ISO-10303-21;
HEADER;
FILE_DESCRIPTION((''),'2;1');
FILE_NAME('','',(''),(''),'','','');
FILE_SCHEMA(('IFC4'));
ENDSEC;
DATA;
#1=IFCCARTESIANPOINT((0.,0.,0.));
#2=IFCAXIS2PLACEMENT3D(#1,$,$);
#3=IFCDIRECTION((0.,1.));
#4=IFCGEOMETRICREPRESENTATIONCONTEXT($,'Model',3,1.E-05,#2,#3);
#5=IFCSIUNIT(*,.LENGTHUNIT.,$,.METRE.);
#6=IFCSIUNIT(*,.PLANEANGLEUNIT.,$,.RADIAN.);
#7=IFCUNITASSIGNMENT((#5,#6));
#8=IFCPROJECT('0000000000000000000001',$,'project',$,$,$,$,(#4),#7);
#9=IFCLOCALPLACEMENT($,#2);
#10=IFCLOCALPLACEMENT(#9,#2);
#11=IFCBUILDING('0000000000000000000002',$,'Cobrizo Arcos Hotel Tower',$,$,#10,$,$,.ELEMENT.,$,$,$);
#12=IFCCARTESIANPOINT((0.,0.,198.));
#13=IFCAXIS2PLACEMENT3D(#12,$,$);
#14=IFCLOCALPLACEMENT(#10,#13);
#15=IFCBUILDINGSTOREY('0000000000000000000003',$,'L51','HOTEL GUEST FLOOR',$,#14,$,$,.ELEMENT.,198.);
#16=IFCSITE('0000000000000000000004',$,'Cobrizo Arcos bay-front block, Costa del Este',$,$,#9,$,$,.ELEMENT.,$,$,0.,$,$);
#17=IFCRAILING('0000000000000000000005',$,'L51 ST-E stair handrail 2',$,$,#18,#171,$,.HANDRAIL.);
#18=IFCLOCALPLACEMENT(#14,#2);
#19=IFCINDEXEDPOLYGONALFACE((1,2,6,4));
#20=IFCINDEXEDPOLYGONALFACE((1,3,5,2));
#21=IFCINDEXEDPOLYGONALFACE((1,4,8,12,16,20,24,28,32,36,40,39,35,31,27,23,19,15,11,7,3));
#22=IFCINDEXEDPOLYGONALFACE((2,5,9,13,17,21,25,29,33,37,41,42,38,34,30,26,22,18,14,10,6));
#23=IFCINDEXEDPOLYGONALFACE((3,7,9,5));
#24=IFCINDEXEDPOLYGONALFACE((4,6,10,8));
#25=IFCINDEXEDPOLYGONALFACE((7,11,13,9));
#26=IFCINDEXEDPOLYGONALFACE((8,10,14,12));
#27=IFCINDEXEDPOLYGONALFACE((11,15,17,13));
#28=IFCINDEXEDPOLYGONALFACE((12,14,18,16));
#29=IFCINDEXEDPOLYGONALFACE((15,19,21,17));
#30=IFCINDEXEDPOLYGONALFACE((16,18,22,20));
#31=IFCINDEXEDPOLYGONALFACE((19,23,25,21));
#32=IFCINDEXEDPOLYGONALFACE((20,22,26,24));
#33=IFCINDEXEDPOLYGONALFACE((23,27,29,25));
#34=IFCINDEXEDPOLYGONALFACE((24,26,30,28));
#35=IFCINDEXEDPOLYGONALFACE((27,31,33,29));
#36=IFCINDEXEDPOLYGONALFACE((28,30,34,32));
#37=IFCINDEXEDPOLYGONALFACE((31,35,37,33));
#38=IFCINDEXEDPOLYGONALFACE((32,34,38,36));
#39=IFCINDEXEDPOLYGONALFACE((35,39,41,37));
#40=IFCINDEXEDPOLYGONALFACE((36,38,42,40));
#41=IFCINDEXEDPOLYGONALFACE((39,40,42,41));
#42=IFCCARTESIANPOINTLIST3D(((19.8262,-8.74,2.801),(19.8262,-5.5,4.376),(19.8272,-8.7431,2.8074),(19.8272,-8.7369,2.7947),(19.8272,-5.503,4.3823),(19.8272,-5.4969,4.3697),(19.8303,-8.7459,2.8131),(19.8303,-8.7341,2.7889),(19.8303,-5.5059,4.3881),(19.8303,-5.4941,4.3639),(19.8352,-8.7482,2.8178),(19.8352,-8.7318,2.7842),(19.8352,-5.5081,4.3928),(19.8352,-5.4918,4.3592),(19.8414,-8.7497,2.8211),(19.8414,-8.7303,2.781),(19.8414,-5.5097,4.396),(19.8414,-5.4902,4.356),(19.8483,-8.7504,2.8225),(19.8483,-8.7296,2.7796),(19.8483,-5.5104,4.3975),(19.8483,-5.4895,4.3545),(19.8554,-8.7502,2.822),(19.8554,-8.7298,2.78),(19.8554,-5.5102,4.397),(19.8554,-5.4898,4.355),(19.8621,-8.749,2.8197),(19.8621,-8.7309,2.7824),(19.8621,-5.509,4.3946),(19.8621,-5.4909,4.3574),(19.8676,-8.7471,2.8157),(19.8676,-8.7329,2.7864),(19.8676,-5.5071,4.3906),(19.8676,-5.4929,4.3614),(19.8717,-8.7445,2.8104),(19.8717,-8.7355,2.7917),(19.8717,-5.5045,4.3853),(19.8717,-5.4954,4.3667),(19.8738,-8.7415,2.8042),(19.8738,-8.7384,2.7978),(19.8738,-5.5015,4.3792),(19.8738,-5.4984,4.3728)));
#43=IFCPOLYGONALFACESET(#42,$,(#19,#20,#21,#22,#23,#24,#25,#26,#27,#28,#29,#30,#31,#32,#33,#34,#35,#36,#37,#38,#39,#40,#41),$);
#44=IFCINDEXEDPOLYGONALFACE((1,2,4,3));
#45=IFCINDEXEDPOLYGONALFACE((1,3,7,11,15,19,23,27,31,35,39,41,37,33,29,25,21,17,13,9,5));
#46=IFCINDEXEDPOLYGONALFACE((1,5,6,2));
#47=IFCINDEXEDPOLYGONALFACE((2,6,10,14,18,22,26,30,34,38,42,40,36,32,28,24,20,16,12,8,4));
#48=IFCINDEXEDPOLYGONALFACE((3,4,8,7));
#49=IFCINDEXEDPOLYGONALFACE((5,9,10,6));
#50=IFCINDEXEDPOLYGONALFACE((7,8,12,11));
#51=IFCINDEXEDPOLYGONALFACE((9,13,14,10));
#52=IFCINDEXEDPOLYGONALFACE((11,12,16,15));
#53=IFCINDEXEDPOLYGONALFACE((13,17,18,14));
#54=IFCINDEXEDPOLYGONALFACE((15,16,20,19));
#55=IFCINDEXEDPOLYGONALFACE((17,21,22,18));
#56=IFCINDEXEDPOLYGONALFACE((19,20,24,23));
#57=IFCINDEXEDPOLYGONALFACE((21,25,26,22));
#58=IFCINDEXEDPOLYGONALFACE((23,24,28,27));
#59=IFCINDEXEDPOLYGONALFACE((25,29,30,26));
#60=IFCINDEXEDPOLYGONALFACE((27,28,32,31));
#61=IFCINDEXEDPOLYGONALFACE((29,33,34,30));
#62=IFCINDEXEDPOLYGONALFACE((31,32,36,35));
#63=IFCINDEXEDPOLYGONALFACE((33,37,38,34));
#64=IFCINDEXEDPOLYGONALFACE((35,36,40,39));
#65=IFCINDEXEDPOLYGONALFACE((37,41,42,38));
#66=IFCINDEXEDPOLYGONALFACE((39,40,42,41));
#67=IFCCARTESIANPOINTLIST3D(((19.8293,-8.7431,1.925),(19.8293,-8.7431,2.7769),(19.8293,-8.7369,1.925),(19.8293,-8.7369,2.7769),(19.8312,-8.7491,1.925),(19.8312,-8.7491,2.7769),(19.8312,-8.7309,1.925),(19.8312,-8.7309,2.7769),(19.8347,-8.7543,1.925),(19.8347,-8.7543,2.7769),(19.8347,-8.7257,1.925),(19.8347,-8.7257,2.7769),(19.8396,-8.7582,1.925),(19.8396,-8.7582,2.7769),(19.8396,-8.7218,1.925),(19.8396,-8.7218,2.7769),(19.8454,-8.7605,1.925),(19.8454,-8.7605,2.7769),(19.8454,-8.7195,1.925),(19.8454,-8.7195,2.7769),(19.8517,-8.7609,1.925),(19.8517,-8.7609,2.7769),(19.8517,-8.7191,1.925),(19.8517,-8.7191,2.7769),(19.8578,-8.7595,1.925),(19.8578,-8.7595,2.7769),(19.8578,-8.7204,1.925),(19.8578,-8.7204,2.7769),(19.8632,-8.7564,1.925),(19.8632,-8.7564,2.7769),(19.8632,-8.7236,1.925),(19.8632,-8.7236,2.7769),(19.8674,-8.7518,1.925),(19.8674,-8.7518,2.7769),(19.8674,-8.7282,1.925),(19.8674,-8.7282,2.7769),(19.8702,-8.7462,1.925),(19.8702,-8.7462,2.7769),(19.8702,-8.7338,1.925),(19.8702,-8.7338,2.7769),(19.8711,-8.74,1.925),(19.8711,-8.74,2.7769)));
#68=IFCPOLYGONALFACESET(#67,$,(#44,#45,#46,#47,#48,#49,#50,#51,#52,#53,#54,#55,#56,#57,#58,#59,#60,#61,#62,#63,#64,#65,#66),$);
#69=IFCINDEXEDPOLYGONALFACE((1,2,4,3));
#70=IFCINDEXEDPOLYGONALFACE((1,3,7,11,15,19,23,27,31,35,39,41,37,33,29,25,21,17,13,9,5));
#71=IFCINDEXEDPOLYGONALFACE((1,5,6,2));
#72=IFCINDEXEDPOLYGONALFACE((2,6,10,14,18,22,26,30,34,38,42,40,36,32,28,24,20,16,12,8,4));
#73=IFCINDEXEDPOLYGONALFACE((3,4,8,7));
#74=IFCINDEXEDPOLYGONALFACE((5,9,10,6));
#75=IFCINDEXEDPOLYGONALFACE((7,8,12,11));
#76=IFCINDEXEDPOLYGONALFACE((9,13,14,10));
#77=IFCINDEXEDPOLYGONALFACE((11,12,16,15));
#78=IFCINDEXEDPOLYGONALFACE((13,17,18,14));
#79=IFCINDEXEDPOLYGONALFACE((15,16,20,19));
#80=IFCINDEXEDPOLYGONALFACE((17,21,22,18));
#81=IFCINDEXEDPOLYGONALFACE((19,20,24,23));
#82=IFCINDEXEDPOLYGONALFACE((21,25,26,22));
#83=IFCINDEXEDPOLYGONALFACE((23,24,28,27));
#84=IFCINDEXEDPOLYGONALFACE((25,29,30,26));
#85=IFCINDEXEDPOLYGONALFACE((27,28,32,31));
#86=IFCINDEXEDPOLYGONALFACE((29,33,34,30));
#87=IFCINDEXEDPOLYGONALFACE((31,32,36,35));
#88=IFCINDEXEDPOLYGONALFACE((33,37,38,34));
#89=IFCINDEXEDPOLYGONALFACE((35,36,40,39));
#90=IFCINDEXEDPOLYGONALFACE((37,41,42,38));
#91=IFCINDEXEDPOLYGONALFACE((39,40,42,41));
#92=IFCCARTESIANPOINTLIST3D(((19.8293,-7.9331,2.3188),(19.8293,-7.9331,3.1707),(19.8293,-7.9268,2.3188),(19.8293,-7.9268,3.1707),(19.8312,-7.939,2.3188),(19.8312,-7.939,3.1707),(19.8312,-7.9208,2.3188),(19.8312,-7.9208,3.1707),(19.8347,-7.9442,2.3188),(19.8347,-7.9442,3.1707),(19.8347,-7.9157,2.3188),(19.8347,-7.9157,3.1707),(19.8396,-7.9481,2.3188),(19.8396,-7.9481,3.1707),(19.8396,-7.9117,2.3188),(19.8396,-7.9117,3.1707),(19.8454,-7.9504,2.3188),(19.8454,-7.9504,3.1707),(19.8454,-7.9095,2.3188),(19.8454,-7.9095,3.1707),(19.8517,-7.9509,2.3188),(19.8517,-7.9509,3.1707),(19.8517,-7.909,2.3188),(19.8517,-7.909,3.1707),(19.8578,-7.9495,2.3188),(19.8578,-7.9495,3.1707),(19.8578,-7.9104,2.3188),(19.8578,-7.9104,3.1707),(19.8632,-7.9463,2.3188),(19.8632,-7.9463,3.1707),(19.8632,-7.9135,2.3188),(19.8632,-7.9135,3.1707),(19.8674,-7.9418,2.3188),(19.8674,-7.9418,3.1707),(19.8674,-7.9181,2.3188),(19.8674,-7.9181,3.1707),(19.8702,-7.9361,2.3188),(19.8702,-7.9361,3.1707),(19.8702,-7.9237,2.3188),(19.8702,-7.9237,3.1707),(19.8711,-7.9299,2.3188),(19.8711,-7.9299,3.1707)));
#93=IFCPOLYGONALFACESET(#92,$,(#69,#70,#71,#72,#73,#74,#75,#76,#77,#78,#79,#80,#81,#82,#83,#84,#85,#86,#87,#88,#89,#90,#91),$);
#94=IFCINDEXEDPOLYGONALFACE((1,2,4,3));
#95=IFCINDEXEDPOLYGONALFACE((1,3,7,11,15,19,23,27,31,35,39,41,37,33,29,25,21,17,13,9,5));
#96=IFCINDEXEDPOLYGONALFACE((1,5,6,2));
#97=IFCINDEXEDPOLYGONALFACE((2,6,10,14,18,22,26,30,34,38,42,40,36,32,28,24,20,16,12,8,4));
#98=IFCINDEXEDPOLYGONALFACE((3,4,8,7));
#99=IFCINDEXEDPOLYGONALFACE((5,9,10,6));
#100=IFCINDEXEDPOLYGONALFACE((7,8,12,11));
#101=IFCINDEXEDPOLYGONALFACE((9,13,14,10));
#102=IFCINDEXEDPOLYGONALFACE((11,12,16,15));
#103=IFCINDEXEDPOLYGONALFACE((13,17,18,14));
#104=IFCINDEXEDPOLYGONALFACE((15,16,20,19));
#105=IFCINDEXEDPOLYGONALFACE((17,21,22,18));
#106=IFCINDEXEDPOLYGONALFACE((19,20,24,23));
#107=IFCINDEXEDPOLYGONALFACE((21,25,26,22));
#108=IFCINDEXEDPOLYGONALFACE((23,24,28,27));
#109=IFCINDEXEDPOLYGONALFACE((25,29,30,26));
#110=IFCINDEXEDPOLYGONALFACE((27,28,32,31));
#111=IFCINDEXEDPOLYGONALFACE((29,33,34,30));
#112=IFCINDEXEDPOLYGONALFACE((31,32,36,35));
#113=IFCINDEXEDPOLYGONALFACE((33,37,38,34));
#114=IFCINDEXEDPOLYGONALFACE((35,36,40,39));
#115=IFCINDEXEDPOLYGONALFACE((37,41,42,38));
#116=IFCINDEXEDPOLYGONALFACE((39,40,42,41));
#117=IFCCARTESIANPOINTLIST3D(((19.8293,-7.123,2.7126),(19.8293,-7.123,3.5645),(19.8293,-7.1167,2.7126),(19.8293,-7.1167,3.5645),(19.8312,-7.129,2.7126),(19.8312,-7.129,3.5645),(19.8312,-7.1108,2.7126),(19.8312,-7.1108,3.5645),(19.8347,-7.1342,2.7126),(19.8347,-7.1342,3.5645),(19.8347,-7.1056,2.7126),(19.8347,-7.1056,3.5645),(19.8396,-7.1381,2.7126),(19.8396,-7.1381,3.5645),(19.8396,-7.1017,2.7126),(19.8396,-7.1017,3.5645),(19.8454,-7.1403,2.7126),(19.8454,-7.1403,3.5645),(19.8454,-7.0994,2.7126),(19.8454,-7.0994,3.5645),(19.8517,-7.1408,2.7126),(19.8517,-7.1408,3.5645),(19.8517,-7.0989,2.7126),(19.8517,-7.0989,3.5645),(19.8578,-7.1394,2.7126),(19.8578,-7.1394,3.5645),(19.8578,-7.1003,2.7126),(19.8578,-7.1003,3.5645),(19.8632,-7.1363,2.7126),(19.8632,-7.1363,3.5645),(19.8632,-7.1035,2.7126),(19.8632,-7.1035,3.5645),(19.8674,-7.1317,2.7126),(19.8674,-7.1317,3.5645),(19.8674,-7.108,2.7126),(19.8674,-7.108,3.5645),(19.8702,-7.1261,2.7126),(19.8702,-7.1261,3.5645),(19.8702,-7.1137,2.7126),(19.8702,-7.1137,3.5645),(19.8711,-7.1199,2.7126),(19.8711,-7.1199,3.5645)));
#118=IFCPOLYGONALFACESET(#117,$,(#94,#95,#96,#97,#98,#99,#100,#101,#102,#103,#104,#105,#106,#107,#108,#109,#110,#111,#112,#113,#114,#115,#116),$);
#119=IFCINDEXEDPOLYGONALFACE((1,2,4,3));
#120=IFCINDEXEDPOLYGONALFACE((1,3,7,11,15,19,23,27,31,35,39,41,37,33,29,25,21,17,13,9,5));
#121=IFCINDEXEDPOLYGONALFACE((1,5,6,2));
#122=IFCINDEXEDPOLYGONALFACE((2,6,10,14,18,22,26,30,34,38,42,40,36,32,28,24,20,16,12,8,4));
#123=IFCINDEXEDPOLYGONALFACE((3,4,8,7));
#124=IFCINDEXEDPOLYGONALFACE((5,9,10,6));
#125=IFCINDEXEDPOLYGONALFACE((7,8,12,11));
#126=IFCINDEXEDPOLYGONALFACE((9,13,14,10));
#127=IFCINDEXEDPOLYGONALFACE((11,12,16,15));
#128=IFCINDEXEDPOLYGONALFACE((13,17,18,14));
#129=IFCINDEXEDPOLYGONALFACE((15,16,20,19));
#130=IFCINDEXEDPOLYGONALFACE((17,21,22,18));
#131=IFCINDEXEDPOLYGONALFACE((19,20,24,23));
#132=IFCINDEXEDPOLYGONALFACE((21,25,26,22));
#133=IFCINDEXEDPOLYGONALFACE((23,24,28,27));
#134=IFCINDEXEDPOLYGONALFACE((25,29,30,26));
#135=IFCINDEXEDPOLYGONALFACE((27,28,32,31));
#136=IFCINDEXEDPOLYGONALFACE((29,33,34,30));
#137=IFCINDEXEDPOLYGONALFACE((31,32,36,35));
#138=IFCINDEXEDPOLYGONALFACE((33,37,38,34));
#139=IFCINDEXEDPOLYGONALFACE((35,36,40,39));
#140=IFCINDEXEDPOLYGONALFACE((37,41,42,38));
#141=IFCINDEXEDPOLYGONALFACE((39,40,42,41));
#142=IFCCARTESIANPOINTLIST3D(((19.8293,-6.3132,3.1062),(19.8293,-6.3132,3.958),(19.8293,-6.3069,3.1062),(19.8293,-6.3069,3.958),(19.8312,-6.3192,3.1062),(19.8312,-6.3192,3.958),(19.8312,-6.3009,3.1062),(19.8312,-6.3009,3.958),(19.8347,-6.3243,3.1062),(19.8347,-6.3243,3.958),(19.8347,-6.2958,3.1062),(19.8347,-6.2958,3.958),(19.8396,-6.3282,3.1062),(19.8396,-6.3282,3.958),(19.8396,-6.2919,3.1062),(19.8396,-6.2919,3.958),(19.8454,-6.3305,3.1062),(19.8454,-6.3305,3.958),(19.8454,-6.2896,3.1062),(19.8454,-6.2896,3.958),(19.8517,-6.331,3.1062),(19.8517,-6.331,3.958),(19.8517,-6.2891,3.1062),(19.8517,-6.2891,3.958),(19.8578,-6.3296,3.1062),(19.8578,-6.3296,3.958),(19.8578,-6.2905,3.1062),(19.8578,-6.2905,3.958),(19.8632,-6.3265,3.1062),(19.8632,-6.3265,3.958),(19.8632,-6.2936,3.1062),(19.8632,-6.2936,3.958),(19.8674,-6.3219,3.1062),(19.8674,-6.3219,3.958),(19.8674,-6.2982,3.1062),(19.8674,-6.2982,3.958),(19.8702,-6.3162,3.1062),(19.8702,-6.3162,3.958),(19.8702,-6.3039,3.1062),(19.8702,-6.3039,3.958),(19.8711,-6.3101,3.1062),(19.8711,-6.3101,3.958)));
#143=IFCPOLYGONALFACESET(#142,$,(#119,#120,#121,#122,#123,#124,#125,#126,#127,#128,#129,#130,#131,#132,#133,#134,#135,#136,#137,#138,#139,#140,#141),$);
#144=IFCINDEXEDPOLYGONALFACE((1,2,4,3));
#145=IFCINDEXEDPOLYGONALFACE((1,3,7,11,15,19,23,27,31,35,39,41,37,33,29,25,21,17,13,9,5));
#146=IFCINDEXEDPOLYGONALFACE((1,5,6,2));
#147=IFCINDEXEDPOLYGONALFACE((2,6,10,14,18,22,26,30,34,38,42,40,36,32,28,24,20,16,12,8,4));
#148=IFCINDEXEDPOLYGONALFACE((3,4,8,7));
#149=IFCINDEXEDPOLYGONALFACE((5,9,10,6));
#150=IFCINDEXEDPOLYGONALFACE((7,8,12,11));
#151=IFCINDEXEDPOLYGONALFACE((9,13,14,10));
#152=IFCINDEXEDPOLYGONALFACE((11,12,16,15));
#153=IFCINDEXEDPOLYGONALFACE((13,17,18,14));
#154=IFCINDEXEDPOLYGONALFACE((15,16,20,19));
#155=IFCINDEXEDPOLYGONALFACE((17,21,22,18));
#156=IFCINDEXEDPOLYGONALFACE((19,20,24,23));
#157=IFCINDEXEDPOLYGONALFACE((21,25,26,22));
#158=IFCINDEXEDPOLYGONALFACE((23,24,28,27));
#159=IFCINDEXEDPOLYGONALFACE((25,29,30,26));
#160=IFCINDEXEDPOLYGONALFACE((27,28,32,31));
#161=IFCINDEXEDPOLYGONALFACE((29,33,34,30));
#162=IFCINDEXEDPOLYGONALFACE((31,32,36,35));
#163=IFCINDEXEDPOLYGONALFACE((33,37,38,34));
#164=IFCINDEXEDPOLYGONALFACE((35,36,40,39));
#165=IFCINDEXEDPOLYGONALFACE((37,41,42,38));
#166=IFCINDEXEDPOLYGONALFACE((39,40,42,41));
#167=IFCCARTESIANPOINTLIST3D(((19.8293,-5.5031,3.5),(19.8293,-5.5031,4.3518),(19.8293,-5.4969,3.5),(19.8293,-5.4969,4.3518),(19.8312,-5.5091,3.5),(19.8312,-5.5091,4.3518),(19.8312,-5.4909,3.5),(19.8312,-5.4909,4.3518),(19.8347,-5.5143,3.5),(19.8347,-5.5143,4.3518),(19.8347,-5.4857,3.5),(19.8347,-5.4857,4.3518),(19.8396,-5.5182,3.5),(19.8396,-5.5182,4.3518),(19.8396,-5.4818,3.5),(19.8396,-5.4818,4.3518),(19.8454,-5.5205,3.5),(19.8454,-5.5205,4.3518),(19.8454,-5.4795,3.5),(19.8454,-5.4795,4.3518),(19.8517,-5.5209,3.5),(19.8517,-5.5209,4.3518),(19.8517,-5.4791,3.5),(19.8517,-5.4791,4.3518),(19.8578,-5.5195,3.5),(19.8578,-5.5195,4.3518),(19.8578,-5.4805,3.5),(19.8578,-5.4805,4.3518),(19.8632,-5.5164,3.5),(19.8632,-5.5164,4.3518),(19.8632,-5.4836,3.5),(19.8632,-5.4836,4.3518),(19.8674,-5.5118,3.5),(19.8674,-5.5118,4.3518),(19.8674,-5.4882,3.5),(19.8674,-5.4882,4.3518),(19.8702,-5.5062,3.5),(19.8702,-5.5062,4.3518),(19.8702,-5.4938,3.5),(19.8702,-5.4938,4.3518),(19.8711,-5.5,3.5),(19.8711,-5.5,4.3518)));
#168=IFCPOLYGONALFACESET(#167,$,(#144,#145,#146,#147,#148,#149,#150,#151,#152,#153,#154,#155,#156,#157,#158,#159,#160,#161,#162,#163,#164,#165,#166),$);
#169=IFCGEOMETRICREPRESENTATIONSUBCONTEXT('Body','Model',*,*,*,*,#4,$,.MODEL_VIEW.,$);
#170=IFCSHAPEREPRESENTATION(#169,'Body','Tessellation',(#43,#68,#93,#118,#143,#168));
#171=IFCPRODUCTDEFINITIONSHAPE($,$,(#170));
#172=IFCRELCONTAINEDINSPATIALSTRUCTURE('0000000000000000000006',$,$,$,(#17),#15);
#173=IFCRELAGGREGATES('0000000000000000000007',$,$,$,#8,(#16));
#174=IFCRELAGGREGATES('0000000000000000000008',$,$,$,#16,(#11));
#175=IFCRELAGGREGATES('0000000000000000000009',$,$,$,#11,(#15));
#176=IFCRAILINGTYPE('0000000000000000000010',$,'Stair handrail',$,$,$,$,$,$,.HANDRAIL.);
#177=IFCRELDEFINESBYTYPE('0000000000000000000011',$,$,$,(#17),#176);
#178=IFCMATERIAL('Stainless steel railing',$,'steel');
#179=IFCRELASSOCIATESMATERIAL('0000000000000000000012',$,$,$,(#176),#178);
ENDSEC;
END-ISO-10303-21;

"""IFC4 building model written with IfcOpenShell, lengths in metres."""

from ifc_helpers import new_model, si_unit, direction, frame, origin, origin_2d, place, context, subcontext, project, spatial, circle, extrude, material, type_object, element, save


model = new_model("IFC4")

# Units and contexts
model_context = context("Model", 3, precision=1e-05, world=origin(), true_north=direction((0.0, 1.0)))
body_context = subcontext(model_context, "Body", "Model", "MODEL_VIEW")
ifc_project = project(units=[si_unit("LENGTHUNIT", "METRE"), si_unit("PLANEANGLEUNIT", "RADIAN")], contexts=[model_context])

# Site, building, storey
site_placement = place(None, origin())
site = spatial("IfcSite", under=ifc_project, at=site_placement, Name="Cobrizo Arcos bay-front block, Costa del Este", CompositionType="ELEMENT", RefElevation=0.0)
building_placement = place(site_placement, origin())
building = spatial("IfcBuilding", under=site, at=building_placement, Name="Cobrizo Arcos Hotel Tower", CompositionType="ELEMENT")
storey_placement = place(building_placement, frame((0.0, 0.0, 198.0)))
storey = spatial("IfcBuildingStorey", under=building, at=storey_placement, Name="L51", Description="HOTEL GUEST FLOOR", CompositionType="ELEMENT", Elevation=198.0)

# Railing
ifc_material_1 = material(Name="Stainless steel railing", Category="steel")
railing_type_1 = type_object("IfcRailingType", Name="Stair handrail", PredefinedType="HANDRAIL", material=ifc_material_1)
railing_1_placement = place(storey_placement, frame((19.8501, -8.74, 1.925)))
element("IfcRailing", 1, at=railing_1_placement, inside=storey, type_object=railing_type_1, Name="L51 ST-E stair handrail 2", PredefinedType="HANDRAIL", context=body_context, shape_type="SweptSolid", body=[
    extrude(circle(Radius=0.0239, at=origin_2d()), frame((0.0, 0.0, 0.876), z_axis=(0.0, 0.899373, 0.437183), x_axis=(-1.0, 0.0, 0.0)), (0.0, 0.0, 1.0), 3.6025),
    extrude(circle(Radius=0.021, at=origin_2d()), origin(), (0.0, 0.0, 1.0), 0.8518),
    extrude(circle(Radius=0.021, at=origin_2d()), frame((0.0, 0.8101, 0.3938)), (0.0, 0.0, 1.0), 0.8518),
    extrude(circle(Radius=0.021, at=origin_2d()), frame((0.0, 1.6201, 0.7876)), (0.0, 0.0, 1.0), 0.8518),
    extrude(circle(Radius=0.021, at=origin_2d()), frame((0.0, 2.4299, 1.1812)), (0.0, 0.0, 1.0), 0.8518),
    extrude(circle(Radius=0.021, at=origin_2d()), frame((0.0, 3.24, 1.575)), (0.0, 0.0, 1.0), 0.8518),
])

save(model, "model.ifc")
